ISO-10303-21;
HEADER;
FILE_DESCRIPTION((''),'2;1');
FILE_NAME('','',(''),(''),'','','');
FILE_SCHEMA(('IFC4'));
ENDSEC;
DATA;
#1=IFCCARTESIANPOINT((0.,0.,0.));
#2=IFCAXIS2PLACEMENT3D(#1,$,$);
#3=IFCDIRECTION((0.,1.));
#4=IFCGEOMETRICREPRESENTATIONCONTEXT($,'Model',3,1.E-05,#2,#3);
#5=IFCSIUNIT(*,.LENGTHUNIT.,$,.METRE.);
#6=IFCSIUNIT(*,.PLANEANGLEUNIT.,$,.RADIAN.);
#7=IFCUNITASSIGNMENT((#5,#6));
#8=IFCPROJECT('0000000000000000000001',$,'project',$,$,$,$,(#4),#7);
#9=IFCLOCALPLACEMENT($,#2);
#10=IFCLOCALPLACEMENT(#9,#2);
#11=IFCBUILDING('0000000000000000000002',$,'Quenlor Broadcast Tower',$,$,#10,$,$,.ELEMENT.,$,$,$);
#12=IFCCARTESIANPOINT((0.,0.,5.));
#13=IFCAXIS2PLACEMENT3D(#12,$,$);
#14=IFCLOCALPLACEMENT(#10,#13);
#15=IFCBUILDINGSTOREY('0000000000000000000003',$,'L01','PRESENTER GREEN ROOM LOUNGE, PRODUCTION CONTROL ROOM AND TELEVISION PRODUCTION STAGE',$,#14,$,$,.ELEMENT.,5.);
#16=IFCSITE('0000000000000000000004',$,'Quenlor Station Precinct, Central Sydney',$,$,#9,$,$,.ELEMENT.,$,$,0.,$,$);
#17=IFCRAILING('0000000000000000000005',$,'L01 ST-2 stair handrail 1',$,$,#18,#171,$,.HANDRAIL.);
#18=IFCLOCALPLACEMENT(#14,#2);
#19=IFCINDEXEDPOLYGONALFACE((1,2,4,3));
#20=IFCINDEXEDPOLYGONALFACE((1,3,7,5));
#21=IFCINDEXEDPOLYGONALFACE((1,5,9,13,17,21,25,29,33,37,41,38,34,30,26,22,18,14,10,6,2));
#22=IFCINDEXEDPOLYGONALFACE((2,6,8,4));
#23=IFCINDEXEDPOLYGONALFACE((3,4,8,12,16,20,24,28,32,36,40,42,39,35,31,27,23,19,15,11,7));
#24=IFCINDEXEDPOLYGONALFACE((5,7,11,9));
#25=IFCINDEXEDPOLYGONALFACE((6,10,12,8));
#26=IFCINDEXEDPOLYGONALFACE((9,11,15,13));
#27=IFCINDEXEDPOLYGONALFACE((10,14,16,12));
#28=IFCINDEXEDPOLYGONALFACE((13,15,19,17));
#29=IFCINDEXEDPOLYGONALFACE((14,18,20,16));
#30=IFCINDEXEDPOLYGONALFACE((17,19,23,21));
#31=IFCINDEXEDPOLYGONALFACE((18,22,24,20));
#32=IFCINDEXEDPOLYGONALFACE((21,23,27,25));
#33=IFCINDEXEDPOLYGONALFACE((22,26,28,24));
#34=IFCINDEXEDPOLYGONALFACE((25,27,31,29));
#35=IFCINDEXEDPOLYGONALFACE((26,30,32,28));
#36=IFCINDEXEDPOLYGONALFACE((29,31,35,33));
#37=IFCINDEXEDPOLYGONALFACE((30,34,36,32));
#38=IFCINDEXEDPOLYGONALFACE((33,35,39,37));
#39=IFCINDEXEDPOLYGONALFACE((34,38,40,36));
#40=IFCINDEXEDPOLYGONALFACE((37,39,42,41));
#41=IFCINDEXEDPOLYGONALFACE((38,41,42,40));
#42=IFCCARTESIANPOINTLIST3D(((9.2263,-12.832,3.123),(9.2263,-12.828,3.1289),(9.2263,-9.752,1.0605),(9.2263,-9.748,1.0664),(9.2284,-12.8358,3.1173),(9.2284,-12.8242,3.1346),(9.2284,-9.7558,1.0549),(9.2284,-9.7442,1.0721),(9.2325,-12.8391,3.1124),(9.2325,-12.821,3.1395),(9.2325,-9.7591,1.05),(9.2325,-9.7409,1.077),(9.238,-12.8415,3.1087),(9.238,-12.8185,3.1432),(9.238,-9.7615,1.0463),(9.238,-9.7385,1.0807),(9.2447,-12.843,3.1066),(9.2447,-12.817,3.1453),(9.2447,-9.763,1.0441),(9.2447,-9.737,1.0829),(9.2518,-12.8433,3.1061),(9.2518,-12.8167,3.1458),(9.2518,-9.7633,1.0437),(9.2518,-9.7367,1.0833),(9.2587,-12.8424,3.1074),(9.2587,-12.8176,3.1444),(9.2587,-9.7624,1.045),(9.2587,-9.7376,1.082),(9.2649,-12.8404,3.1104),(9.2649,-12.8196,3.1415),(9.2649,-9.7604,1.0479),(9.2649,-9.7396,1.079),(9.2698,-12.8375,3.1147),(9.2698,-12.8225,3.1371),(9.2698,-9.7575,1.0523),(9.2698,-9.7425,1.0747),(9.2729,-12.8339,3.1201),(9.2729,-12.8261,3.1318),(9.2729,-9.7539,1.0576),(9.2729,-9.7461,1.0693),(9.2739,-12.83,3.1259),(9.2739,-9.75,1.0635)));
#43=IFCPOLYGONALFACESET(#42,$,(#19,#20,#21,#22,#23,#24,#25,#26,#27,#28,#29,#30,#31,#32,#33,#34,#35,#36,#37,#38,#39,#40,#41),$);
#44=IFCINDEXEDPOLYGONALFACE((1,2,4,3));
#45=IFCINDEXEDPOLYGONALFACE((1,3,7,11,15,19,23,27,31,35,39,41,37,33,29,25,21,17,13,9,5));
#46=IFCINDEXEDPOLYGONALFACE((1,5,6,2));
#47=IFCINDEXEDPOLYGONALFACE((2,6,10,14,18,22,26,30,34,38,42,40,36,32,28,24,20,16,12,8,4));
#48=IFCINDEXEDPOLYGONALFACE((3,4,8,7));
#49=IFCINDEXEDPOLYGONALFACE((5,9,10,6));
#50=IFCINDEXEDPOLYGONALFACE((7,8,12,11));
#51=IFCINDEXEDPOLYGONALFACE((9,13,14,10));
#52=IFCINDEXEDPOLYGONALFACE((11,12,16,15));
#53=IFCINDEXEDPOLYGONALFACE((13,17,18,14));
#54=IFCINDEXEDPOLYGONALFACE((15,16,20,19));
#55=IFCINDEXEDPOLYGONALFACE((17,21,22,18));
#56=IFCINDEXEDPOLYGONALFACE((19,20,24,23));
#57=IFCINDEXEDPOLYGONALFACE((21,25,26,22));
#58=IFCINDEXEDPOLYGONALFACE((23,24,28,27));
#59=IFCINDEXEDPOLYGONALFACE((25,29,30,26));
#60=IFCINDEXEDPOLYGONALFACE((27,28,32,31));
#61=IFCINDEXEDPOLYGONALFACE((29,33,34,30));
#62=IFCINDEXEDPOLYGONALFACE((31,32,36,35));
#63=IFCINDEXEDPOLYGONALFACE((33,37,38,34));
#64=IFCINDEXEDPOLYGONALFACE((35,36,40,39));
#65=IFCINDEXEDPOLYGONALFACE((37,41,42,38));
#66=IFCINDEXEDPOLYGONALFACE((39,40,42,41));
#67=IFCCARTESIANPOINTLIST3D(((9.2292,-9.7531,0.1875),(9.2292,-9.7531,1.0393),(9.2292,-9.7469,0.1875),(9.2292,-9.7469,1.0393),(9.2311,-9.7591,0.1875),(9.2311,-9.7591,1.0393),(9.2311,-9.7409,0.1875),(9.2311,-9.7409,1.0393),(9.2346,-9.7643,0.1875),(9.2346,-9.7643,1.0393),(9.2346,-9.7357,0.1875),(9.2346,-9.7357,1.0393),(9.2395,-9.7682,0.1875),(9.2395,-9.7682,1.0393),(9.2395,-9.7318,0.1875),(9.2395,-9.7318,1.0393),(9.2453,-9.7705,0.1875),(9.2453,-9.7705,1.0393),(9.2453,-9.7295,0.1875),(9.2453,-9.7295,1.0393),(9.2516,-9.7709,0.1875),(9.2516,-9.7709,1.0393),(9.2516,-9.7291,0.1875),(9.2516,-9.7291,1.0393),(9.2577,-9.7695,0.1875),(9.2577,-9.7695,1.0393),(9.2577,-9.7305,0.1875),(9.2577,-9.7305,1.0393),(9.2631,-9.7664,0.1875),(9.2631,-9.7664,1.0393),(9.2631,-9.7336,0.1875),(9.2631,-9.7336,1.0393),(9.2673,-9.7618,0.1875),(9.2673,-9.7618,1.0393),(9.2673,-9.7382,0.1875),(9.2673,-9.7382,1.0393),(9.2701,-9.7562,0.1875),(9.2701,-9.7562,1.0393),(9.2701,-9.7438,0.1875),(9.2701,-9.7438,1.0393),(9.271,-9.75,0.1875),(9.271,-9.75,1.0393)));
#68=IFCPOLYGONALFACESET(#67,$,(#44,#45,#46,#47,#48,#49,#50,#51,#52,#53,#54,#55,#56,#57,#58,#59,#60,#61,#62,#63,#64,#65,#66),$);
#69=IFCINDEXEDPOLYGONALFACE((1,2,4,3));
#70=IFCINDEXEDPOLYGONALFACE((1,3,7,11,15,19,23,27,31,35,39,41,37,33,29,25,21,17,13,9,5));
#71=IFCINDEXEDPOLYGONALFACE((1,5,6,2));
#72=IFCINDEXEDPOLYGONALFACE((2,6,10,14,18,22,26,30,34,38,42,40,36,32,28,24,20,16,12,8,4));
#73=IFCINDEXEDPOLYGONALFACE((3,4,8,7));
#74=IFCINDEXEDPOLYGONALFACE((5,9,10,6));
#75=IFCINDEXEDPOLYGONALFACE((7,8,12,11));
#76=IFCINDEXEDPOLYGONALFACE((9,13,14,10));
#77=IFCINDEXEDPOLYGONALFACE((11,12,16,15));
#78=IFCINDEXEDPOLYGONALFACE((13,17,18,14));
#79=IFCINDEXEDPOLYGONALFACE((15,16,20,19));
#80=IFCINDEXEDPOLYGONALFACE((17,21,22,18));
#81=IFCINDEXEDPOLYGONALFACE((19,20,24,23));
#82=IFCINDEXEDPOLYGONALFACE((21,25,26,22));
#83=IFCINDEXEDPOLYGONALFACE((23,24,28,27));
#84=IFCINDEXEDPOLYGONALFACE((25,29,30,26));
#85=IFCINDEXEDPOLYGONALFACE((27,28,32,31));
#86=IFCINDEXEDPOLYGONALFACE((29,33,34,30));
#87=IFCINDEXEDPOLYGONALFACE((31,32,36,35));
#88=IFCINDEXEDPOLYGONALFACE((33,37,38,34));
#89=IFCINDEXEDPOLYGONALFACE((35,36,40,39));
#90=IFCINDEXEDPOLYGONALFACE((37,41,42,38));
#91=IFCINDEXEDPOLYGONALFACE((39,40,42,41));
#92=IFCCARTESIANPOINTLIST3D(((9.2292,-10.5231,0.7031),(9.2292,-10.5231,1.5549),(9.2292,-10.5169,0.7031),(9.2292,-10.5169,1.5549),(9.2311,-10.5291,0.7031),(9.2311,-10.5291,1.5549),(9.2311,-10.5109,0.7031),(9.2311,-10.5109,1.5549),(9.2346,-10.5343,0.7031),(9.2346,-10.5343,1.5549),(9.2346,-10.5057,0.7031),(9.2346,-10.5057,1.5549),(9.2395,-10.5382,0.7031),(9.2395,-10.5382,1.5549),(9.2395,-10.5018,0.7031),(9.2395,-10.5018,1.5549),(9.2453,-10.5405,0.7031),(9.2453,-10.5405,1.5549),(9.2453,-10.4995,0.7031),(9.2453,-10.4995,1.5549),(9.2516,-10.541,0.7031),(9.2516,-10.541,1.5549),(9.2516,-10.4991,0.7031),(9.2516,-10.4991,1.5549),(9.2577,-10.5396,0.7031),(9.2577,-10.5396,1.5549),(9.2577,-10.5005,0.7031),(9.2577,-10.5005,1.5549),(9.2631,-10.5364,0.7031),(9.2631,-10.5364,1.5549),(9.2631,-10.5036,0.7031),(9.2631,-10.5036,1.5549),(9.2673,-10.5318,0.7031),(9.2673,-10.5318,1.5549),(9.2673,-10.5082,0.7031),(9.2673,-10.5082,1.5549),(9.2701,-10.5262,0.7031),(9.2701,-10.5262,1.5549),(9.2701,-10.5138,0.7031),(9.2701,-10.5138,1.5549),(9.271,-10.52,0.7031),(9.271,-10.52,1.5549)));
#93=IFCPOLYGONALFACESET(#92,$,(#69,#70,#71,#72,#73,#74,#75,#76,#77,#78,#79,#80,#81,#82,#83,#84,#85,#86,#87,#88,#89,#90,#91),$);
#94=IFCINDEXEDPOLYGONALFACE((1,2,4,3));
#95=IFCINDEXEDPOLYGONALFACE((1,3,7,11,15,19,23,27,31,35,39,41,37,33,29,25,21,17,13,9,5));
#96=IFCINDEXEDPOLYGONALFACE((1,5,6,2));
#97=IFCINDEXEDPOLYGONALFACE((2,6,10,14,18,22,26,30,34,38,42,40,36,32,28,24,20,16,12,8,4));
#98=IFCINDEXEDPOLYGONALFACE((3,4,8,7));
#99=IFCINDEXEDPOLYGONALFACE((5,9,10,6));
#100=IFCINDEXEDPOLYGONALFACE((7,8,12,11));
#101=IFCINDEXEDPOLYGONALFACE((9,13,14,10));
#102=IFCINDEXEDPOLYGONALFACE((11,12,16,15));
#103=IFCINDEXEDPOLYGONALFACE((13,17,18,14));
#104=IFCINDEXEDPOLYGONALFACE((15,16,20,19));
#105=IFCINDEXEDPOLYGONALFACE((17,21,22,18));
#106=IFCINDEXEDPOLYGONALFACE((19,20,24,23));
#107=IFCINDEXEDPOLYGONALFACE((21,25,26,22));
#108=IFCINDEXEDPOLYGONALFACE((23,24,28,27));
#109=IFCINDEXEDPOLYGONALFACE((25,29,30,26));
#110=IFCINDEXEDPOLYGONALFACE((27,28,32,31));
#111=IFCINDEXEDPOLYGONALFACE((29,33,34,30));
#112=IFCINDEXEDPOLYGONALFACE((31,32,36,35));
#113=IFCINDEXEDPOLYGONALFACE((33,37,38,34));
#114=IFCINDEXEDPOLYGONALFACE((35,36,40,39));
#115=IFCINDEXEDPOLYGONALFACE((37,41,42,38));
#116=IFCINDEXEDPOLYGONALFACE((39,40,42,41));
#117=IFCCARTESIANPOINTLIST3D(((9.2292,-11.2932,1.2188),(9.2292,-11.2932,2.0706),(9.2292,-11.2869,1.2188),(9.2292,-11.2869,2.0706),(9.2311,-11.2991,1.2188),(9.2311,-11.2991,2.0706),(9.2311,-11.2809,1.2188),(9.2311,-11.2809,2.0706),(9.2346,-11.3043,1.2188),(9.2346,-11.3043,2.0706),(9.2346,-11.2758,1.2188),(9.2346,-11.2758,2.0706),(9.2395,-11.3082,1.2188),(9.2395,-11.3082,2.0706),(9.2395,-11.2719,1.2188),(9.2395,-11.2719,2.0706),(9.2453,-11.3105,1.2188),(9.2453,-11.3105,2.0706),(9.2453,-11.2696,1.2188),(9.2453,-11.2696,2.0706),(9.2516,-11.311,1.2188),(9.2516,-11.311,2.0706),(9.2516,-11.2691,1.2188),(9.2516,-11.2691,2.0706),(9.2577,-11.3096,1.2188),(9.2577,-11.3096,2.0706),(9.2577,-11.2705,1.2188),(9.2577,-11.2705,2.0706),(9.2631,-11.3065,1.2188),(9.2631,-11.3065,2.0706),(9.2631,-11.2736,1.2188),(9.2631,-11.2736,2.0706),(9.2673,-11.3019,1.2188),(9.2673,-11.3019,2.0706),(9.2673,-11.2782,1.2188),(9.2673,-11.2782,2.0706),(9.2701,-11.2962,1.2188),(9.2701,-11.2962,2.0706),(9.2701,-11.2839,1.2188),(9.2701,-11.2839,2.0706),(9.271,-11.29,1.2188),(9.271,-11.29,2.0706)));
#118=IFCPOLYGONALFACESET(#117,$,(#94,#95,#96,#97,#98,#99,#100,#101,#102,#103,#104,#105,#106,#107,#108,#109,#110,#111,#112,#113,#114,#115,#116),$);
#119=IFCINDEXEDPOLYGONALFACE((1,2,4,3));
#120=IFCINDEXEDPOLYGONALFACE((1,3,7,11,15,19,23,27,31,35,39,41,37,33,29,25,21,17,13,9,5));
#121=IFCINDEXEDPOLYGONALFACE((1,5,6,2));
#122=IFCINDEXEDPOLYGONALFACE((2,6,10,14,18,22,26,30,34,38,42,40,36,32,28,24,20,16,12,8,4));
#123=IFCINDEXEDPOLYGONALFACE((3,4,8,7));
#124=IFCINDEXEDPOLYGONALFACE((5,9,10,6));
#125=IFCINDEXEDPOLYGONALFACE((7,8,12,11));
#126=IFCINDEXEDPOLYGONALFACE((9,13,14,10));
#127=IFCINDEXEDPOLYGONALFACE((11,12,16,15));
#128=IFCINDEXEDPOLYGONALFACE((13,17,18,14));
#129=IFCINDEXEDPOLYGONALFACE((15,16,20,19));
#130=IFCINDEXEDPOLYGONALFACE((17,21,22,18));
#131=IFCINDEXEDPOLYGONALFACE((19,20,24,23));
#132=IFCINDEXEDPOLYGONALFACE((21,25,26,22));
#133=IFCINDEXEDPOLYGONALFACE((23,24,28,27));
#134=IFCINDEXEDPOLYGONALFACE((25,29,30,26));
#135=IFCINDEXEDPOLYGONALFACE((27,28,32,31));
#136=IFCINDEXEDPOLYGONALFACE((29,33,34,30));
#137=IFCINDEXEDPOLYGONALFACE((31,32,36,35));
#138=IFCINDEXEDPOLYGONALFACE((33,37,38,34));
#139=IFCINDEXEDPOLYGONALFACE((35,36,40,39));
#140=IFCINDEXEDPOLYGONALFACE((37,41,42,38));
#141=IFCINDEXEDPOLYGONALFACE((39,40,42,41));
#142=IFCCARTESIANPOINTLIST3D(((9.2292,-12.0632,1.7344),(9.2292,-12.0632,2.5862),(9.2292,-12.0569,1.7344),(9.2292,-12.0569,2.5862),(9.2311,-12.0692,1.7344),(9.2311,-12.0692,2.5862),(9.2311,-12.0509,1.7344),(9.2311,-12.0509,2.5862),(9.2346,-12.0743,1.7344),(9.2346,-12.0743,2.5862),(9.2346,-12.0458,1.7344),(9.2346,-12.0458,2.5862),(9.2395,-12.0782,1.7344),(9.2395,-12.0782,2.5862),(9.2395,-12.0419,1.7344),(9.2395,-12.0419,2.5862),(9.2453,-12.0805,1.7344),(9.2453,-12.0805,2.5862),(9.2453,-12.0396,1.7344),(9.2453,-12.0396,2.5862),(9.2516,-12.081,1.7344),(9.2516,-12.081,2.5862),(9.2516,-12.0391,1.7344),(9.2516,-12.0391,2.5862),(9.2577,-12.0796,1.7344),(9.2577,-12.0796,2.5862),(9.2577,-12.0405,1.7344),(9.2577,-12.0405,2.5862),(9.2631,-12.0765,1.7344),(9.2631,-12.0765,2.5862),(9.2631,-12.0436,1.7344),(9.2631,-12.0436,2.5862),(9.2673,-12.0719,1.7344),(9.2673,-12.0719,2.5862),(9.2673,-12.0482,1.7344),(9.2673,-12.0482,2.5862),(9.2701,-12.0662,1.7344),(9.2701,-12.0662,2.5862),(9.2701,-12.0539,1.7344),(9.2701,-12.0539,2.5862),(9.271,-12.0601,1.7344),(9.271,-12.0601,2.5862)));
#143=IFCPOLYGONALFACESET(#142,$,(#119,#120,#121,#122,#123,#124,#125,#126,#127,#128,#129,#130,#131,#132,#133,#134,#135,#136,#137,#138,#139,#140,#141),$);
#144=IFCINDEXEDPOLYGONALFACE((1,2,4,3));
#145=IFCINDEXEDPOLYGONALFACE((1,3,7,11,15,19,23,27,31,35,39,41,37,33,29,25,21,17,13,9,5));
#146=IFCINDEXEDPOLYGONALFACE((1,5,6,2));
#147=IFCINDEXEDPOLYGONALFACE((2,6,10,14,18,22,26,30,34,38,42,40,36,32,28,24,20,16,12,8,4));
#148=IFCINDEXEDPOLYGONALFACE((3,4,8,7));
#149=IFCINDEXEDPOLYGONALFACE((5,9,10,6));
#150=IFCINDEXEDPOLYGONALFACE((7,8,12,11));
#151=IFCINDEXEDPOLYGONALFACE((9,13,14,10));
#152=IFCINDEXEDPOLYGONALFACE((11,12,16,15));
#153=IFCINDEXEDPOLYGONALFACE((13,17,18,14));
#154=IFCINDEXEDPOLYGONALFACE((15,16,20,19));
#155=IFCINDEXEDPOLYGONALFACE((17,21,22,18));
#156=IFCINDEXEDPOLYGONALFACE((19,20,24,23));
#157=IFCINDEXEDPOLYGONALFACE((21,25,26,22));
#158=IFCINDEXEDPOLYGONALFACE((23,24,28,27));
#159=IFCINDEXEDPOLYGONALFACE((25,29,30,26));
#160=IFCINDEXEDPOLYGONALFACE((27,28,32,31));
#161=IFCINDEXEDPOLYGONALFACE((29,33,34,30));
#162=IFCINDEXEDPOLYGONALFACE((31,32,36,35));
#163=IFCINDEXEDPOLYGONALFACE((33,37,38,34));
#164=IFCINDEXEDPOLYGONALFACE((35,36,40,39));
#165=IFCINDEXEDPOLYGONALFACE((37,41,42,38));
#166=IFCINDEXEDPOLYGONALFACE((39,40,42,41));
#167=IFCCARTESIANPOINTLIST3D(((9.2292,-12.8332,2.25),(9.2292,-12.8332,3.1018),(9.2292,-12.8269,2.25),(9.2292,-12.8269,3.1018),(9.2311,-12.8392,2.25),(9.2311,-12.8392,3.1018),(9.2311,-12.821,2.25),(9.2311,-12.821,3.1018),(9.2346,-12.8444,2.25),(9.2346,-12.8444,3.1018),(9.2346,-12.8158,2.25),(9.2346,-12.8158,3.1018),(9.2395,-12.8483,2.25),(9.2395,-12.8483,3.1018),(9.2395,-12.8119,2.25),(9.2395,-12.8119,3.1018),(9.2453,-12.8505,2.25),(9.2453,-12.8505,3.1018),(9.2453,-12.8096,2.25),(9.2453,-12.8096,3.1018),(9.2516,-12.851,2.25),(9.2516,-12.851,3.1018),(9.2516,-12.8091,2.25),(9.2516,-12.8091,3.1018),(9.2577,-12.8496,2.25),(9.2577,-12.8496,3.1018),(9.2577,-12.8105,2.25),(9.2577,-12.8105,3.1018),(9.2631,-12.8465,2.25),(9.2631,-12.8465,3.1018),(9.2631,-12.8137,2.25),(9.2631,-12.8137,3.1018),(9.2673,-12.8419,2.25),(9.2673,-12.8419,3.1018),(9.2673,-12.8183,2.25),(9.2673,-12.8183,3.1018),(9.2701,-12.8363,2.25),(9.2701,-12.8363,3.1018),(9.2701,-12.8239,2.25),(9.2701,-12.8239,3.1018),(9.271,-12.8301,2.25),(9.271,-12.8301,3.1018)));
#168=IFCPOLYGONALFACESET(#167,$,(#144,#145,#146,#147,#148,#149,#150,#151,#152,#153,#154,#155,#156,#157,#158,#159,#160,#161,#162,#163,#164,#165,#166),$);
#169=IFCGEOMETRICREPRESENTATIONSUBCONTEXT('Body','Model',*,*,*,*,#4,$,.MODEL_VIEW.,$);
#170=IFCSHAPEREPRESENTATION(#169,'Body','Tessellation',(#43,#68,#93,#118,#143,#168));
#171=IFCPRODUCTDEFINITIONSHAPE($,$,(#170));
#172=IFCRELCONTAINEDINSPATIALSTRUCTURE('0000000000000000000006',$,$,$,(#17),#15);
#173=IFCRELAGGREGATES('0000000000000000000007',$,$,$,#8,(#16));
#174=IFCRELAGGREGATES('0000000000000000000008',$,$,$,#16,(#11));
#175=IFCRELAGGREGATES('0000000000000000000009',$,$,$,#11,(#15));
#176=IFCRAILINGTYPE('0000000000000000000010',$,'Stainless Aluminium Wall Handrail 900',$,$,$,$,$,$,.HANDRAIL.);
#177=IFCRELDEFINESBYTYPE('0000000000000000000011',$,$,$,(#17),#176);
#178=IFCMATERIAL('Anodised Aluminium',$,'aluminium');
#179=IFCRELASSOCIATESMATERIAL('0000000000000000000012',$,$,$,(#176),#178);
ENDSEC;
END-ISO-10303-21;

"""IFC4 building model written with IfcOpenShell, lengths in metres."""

from ifc_helpers import new_model, si_unit, direction, frame, origin, origin_2d, place, context, subcontext, project, spatial, circle, extrude, material, type_object, element, save


model = new_model("IFC4")

# Units and contexts
model_context = context("Model", 3, precision=1e-05, world=origin(), true_north=direction((0.0, 1.0)))
body_context = subcontext(model_context, "Body", "Model", "MODEL_VIEW")
ifc_project = project(units=[si_unit("LENGTHUNIT", "METRE"), si_unit("PLANEANGLEUNIT", "RADIAN")], contexts=[model_context])

# Site, building, storey
site_placement = place(None, origin())
site = spatial("IfcSite", under=ifc_project, at=site_placement, Name="Quenlor Station Precinct, Central Sydney", CompositionType="ELEMENT", RefElevation=0.0)
building_placement = place(site_placement, origin())
building = spatial("IfcBuilding", under=site, at=building_placement, Name="Quenlor Broadcast Tower", CompositionType="ELEMENT")
storey_placement = place(building_placement, frame((0.0, 0.0, 5.0)))
storey = spatial("IfcBuildingStorey", under=building, at=storey_placement, Name="L01", Description="PRESENTER GREEN ROOM LOUNGE, PRODUCTION CONTROL ROOM AND TELEVISION PRODUCTION STAGE", CompositionType="ELEMENT", Elevation=5.0)

# Railing
ifc_material_1 = material(Name="Anodised Aluminium", Category="aluminium")
railing_type_1 = type_object("IfcRailingType", Name="Stainless Aluminium Wall Handrail 900", PredefinedType="HANDRAIL", material=ifc_material_1)
railing_1_placement = place(storey_placement, frame((9.25, -9.75, 0.1875)))
element("IfcRailing", 1, at=railing_1_placement, inside=storey, type_object=railing_type_1, Name="L01 ST-2 stair handrail 1", PredefinedType="HANDRAIL", context=body_context, shape_type="SweptSolid", body=[
    extrude(circle(Radius=0.0239, at=origin_2d()), frame((0.0, 0.0, 0.876), z_axis=(0.0, -0.830914, 0.556401), x_axis=(1.0, 0.0, 0.0)), (0.0, 0.0, 1.0), 3.7068),
    extrude(circle(Radius=0.021, at=origin_2d()), origin(), (0.0, 0.0, 1.0), 0.8518),
    extrude(circle(Radius=0.021, at=origin_2d()), frame((0.0, -0.77, 0.5156)), (0.0, 0.0, 1.0), 0.8518),
    extrude(circle(Radius=0.021, at=origin_2d()), frame((0.0, -1.54, 1.0312)), (0.0, 0.0, 1.0), 0.8518),
    extrude(circle(Radius=0.021, at=origin_2d()), frame((0.0, -2.3101, 1.5469)), (0.0, 0.0, 1.0), 0.8518),
    extrude(circle(Radius=0.021, at=origin_2d()), frame((0.0, -3.0801, 2.0625)), (0.0, 0.0, 1.0), 0.8518),
])

save(model, "model.ifc")
